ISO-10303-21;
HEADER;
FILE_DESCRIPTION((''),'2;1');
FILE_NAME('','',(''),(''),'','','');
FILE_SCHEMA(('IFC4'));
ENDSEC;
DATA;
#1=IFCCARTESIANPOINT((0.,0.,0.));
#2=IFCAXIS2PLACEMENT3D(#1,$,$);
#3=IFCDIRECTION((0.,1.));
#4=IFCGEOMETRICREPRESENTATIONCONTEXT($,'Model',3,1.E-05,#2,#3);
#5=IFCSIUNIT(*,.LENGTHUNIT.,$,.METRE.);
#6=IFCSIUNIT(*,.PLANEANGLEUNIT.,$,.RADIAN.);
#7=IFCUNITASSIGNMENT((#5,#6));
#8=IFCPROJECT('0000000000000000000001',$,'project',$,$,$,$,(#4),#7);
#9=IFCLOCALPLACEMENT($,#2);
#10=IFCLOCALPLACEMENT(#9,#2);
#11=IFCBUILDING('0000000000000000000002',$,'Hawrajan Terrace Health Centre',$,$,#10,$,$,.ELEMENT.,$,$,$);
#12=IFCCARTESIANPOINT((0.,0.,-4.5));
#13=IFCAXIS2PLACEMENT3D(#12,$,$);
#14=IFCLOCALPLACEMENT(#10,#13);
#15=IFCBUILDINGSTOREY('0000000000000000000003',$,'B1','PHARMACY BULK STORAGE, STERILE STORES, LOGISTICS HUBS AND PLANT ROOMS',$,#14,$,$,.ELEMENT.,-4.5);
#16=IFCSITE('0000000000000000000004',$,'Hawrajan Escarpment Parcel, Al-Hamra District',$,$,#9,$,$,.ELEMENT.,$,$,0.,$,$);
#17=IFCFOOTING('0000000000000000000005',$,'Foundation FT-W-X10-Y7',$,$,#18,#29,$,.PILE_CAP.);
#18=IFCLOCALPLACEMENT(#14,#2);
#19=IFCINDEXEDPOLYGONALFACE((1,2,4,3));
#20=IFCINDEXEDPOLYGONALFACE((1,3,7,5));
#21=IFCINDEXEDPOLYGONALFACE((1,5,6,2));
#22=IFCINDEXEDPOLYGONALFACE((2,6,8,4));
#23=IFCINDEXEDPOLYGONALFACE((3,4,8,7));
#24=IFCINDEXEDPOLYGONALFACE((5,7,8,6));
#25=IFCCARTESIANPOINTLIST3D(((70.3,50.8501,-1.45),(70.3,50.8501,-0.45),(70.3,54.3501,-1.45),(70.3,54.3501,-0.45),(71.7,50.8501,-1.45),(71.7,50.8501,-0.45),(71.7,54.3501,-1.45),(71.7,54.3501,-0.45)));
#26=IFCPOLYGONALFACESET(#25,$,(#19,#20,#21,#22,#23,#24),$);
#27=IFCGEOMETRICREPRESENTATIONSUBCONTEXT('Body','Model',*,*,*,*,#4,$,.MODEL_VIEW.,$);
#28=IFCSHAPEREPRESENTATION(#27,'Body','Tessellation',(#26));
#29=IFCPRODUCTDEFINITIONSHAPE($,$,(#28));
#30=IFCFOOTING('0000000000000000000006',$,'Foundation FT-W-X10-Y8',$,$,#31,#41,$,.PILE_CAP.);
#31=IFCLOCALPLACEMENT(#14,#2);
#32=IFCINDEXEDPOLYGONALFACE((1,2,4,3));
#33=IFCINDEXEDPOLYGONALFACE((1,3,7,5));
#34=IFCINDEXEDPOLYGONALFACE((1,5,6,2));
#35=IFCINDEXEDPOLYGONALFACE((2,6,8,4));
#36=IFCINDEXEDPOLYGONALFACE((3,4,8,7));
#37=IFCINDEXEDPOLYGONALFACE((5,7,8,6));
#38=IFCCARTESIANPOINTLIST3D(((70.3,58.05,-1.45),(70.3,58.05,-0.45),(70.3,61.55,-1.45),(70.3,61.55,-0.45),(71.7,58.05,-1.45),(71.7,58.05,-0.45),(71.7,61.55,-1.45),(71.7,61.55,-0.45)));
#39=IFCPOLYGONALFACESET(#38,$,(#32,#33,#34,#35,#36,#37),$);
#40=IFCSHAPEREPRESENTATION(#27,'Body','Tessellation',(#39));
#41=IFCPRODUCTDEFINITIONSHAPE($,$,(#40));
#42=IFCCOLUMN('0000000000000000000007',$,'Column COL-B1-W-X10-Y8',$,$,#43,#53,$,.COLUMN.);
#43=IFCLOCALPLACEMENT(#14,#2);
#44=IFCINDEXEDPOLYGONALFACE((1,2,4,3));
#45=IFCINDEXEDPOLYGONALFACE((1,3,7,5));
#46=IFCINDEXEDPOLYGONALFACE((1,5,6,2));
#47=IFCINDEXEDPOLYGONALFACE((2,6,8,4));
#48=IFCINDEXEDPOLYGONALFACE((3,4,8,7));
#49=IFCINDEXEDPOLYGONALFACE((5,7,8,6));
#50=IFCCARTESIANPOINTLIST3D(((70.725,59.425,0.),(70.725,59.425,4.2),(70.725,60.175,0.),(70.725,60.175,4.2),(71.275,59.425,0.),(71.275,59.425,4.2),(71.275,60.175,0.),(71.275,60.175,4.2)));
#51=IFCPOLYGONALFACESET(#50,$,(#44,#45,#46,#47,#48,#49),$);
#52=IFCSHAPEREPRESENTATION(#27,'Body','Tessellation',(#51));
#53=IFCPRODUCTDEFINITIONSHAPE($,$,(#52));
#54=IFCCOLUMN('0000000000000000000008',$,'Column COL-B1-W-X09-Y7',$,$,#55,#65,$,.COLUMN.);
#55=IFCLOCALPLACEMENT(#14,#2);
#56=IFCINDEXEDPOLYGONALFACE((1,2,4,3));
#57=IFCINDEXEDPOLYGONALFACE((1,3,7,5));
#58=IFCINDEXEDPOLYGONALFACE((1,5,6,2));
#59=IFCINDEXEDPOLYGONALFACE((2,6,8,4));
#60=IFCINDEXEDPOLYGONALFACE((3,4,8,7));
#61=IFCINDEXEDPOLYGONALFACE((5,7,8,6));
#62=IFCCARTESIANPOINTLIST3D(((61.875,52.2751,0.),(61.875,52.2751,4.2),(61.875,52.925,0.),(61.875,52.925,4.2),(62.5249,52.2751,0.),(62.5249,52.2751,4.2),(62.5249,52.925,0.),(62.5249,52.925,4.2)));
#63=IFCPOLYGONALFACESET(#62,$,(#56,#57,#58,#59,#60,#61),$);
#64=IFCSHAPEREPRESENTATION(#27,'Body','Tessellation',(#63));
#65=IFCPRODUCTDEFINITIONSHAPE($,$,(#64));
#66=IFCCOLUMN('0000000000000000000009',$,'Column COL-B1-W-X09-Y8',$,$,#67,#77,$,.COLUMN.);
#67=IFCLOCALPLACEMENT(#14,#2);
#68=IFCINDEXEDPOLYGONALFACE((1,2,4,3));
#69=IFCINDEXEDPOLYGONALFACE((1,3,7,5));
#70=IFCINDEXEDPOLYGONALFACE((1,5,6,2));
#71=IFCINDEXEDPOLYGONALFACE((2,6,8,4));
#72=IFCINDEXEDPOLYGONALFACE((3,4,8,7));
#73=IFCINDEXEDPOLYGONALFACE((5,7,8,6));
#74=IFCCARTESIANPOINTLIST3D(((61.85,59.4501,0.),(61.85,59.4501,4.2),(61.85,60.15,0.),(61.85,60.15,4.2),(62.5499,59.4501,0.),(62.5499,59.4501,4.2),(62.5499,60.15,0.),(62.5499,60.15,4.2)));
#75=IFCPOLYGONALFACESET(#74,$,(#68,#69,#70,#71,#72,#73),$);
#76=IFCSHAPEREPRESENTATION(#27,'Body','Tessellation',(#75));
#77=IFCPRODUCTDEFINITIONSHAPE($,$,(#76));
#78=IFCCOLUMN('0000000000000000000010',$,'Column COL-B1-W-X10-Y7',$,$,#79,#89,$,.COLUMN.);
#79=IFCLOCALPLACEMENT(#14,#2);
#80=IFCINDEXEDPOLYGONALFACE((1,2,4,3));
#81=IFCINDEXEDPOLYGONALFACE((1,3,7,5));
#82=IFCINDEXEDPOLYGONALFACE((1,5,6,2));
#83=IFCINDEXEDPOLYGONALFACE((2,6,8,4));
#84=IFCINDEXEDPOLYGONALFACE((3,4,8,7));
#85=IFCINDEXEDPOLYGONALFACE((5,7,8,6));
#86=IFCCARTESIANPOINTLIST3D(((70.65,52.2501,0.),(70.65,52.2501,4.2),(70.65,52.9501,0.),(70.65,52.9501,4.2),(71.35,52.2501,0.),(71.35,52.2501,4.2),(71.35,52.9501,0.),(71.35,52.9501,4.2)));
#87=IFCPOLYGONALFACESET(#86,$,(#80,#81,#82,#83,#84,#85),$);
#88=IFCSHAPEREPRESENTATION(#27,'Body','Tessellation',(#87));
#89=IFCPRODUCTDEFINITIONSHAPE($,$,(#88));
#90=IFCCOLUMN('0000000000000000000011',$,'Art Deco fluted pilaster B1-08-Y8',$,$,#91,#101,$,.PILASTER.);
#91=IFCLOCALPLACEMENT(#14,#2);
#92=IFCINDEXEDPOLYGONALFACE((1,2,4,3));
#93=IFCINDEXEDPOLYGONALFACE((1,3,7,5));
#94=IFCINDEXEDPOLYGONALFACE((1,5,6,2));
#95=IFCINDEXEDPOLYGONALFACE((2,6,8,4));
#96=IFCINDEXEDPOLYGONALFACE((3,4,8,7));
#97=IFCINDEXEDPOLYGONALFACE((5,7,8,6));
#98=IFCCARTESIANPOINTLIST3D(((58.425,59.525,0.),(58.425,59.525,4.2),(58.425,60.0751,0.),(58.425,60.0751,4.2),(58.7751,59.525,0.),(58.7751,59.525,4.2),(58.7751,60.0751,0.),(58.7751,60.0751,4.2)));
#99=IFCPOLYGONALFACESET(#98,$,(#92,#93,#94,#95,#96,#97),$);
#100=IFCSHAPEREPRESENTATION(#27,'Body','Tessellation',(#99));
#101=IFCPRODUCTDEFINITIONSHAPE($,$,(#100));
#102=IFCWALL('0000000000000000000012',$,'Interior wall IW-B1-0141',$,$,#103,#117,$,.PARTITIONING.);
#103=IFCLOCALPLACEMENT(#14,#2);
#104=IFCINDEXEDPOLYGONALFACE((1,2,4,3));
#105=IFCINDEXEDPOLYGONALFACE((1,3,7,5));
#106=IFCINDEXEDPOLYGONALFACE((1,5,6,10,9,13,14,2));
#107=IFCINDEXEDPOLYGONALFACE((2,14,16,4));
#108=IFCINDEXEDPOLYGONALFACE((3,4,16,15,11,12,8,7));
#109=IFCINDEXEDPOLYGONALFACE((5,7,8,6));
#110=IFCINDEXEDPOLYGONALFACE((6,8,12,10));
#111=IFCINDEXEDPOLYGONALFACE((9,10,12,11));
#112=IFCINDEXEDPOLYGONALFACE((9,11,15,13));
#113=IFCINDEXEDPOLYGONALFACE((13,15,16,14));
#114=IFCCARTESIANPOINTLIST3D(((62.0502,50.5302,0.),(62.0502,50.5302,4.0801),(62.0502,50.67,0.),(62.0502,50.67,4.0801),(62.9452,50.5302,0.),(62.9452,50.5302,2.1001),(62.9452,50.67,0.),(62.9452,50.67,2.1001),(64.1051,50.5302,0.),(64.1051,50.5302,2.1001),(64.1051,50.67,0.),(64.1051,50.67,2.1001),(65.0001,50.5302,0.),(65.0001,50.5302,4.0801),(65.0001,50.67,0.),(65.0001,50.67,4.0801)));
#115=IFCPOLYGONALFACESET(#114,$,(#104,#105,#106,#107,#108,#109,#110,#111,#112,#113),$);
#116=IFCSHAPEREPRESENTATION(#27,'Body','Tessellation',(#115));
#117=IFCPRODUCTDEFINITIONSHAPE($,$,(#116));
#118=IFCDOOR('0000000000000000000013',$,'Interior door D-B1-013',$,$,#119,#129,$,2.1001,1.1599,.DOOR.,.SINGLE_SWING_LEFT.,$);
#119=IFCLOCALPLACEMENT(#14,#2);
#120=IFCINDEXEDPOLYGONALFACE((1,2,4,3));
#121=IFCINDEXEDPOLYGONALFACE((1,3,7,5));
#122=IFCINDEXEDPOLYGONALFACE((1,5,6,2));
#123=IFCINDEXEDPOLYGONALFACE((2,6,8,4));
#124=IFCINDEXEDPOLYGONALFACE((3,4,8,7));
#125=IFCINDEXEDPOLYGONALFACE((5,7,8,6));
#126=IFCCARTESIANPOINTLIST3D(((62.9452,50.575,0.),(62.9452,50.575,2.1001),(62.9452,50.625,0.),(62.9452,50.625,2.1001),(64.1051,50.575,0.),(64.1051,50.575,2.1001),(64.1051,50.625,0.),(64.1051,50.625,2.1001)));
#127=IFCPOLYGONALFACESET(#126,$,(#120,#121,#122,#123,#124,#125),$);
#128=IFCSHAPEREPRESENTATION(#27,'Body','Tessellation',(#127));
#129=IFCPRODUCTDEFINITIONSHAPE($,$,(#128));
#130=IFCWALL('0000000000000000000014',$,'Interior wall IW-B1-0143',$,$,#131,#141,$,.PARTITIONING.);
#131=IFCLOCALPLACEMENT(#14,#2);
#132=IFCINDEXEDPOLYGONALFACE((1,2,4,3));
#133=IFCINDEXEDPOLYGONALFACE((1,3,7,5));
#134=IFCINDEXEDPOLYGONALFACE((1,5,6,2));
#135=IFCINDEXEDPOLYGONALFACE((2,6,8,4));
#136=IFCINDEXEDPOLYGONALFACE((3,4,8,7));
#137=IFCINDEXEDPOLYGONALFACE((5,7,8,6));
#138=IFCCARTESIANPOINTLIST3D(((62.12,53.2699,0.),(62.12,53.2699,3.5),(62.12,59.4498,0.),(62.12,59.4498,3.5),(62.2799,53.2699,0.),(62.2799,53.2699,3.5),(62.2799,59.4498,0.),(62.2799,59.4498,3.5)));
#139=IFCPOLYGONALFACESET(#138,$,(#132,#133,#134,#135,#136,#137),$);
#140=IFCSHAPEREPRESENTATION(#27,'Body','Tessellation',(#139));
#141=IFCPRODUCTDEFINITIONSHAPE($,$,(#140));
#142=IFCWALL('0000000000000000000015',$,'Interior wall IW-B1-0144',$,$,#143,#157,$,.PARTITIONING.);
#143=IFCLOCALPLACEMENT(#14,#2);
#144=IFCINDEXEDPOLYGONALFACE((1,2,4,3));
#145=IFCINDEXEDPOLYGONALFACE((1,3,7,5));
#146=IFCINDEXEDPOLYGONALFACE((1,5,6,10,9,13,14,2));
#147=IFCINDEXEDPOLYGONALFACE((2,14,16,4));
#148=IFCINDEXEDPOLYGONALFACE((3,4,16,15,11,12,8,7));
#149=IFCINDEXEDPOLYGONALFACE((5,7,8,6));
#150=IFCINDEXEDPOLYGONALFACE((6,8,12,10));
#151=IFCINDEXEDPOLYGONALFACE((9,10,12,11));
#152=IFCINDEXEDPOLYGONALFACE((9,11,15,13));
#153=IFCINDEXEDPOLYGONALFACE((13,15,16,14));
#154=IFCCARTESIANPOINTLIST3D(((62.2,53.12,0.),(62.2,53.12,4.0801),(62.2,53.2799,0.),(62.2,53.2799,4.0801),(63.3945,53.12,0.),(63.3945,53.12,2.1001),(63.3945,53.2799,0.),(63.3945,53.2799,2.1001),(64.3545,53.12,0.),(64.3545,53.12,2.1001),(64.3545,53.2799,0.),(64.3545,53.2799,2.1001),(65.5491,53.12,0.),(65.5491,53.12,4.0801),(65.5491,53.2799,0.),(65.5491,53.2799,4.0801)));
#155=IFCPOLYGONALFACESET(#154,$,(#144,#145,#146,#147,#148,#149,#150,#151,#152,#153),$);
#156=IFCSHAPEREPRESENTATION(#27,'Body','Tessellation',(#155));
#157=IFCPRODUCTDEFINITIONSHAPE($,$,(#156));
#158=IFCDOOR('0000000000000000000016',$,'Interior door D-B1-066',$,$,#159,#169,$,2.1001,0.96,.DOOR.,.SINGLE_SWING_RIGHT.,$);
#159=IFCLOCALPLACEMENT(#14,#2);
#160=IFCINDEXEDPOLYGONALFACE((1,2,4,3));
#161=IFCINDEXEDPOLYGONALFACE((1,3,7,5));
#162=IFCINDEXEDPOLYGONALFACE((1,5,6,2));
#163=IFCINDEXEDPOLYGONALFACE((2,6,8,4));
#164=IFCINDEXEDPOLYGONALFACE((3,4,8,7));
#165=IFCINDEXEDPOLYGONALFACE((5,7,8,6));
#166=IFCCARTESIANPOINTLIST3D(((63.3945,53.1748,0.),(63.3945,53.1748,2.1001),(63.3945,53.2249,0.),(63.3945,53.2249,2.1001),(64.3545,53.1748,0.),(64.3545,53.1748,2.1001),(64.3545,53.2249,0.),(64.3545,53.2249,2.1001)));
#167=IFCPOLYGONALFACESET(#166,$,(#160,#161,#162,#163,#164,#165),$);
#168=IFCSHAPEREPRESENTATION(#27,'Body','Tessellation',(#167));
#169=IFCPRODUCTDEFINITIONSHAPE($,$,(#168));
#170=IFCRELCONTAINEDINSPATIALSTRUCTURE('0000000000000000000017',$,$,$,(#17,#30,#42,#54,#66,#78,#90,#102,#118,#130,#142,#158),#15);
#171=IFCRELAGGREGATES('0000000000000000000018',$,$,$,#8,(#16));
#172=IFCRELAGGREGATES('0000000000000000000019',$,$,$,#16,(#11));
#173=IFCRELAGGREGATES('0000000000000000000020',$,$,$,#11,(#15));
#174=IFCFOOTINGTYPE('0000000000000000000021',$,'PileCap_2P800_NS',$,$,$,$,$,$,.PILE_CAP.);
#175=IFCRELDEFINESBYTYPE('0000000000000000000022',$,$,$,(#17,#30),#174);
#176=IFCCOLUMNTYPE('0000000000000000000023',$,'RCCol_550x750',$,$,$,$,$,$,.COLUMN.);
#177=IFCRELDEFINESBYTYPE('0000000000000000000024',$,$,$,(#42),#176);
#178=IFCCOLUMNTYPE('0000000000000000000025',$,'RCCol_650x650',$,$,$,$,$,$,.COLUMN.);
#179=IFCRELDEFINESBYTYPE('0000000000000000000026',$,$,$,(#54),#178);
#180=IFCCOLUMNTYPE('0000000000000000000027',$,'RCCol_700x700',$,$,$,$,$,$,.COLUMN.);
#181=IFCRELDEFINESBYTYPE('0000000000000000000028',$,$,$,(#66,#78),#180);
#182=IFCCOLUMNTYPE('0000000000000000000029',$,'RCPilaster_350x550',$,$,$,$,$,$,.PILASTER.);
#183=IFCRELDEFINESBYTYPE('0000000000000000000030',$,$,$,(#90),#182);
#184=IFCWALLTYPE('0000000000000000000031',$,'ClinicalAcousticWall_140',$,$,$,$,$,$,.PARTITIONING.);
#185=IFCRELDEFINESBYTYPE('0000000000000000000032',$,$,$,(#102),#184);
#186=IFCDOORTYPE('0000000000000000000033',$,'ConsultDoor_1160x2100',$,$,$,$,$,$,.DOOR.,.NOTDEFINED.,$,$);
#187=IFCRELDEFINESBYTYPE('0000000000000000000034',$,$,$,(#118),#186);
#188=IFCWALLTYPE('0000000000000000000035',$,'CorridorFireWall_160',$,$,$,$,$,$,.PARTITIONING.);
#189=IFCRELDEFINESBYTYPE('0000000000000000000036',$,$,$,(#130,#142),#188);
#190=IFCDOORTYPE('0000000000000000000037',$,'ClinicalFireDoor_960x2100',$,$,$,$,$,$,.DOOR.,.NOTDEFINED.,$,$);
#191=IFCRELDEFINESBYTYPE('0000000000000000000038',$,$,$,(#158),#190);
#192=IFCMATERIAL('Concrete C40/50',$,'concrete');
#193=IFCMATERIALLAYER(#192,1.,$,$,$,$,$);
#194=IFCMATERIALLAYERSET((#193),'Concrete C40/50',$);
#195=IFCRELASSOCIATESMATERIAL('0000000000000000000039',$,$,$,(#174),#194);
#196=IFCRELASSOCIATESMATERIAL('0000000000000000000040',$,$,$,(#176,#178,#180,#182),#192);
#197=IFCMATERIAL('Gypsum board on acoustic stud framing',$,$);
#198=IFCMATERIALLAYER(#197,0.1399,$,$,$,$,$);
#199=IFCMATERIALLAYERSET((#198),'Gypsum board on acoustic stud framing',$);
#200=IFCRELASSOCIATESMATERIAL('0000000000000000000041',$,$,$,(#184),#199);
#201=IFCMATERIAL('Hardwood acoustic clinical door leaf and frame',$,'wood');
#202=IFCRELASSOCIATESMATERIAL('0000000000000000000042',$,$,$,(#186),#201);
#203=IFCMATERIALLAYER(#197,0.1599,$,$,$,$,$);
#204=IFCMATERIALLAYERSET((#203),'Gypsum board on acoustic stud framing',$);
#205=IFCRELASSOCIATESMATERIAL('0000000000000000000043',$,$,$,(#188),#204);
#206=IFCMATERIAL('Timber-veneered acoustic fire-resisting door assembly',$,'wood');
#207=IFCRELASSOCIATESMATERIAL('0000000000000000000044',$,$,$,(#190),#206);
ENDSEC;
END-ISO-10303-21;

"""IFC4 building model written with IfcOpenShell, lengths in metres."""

from ifc_helpers import new_model, si_unit, direction, frame, frame_2d, origin, origin_2d, place, context, subcontext, project, spatial, rectangle, extrude, material, layer, layer_set, material_profile, profile_set, type_object, element, fill, save


model = new_model("IFC4")

# Units and contexts
model_context = context("Model", 3, precision=1e-05, world=origin(), true_north=direction((0.0, 1.0)))
body_context = subcontext(model_context, "Body", "Model", "MODEL_VIEW")
ifc_project = project(units=[si_unit("LENGTHUNIT", "METRE"), si_unit("PLANEANGLEUNIT", "RADIAN")], contexts=[model_context])

# Site, building, storey
site_placement = place(None, origin())
site = spatial("IfcSite", under=ifc_project, at=site_placement, Name="Hawrajan Escarpment Parcel, Al-Hamra District", CompositionType="ELEMENT", RefElevation=0.0)
building_placement = place(site_placement, origin())
building = spatial("IfcBuilding", under=site, at=building_placement, Name="Hawrajan Terrace Health Centre", CompositionType="ELEMENT")
storey_placement = place(building_placement, frame((0.0, 0.0, -4.5)))
storey = spatial("IfcBuildingStorey", under=building, at=storey_placement, Name="B1", Description="PHARMACY BULK STORAGE, STERILE STORES, LOGISTICS HUBS AND PLANT ROOMS", CompositionType="ELEMENT", Elevation=-4.5)

# Shared definitions
ifc_material_1 = material(Name="Concrete C40/50", Category="concrete")

# Footings
ifc_layer_1 = layer(ifc_material_1, 1.0)
ifc_layer_set_1 = layer_set([ifc_layer_1], Name="Concrete C40/50")
footing_type_1 = type_object("IfcFootingType", Name="PileCap_2P800_NS", PredefinedType="PILE_CAP", material=ifc_layer_set_1)
for number, where, z_axis, x_axis, name in (
    (1, (71.0, 52.6001, -1.45), (0.0, 0.0, 1.0), (1.0, 0.0, 0.0), "Foundation FT-W-X10-Y7"),
    (2, (71.0, 59.8, -1.45), (0.0, 0.0, 1.0), (1.0, 0.0, 0.0), "Foundation FT-W-X10-Y8"),
):
    element("IfcFooting", number, at=place(storey_placement, frame(where, z_axis=z_axis, x_axis=x_axis)), inside=storey, type_object=footing_type_1, Name=name, PredefinedType="PILE_CAP", context=body_context, shape_type="SweptSolid", body=[
        extrude(rectangle(XDim=1.3999, YDim=3.5, at=origin_2d()), origin(), (0.0, 0.0, 1.0), 1.0),
    ])

# Columns
ifc_material_profile_1 = material_profile(ifc_material_1, rectangle(XDim=0.55, YDim=0.75, at=origin_2d()), Name="RC 550x750")
ifc_profile_set_1 = profile_set([ifc_material_profile_1], Name="Concrete C40/50")
column_type_1 = type_object("IfcColumnType", Name="RCCol_550x750", PredefinedType="COLUMN", material=ifc_profile_set_1)
column_1_placement = place(storey_placement, frame((71.0, 59.8, 0.0), z_axis=(0.0, 0.0, 1.0), x_axis=(1.0, 0.0, 0.0)))
element("IfcColumn", 3, at=column_1_placement, inside=storey, type_object=column_type_1, Name="Column COL-B1-W-X10-Y8", PredefinedType="COLUMN", context=body_context, shape_type="SweptSolid", body=[
    extrude(rectangle(XDim=0.55, YDim=0.75, at=origin_2d()), origin(), (0.0, 0.0, 1.0), 4.2),
])
ifc_material_profile_2 = material_profile(ifc_material_1, rectangle(XDim=0.6499, YDim=0.6499, at=origin_2d()), Name="RC 650x650")
ifc_profile_set_2 = profile_set([ifc_material_profile_2], Name="Concrete C40/50")
column_type_2 = type_object("IfcColumnType", Name="RCCol_650x650", PredefinedType="COLUMN", material=ifc_profile_set_2)
column_2_placement = place(storey_placement, frame((62.2, 52.6001, 0.0), z_axis=(0.0, 0.0, 1.0), x_axis=(1.0, 0.0, 0.0)))
element("IfcColumn", 4, at=column_2_placement, inside=storey, type_object=column_type_2, Name="Column COL-B1-W-X09-Y7", PredefinedType="COLUMN", context=body_context, shape_type="SweptSolid", body=[
    extrude(rectangle(XDim=0.6499, YDim=0.6499, at=origin_2d()), origin(), (0.0, 0.0, 1.0), 4.2),
])
ifc_material_profile_3 = material_profile(ifc_material_1, rectangle(XDim=0.7, YDim=0.7, at=origin_2d()), Name="RC 700x700")
ifc_profile_set_3 = profile_set([ifc_material_profile_3], Name="Concrete C40/50")
column_type_3 = type_object("IfcColumnType", Name="RCCol_700x700", PredefinedType="COLUMN", material=ifc_profile_set_3)
for number, where, z_axis, x_axis, name in (
    (5, (62.2, 59.8, 0.0), (0.0, 0.0, 1.0), (1.0, 0.0, 0.0), "Column COL-B1-W-X09-Y8"),
    (6, (71.0, 52.6001, 0.0), (0.0, 0.0, 1.0), (1.0, 0.0, 0.0), "Column COL-B1-W-X10-Y7"),
):
    element("IfcColumn", number, at=place(storey_placement, frame(where, z_axis=z_axis, x_axis=x_axis)), inside=storey, type_object=column_type_3, Name=name, PredefinedType="COLUMN", context=body_context, shape_type="SweptSolid", body=[
        extrude(rectangle(XDim=0.7, YDim=0.7, at=origin_2d()), origin(), (0.0, 0.0, 1.0), 4.2),
    ])
ifc_material_profile_4 = material_profile(ifc_material_1, rectangle(XDim=0.3501, YDim=0.55, at=origin_2d()), Name="RC PIL 350x550")
ifc_profile_set_4 = profile_set([ifc_material_profile_4], Name="Concrete C40/50")
column_type_4 = type_object("IfcColumnType", Name="RCPilaster_350x550", PredefinedType="PILASTER", material=ifc_profile_set_4)
column_3_placement = place(storey_placement, frame((58.6001, 59.8, 0.0), z_axis=(0.0, 0.0, 1.0), x_axis=(1.0, 0.0, 0.0)))
element("IfcColumn", 7, at=column_3_placement, inside=storey, type_object=column_type_4, Name="Art Deco fluted pilaster B1-08-Y8", PredefinedType="PILASTER", context=body_context, shape_type="SweptSolid", body=[
    extrude(rectangle(XDim=0.3501, YDim=0.55, at=origin_2d()), origin(), (0.0, 0.0, 1.0), 4.2),
])

# Wall, opening, door
ifc_material_2 = material(Name="Gypsum board on acoustic stud framing")
ifc_layer_2 = layer(ifc_material_2, 0.1399)
ifc_layer_set_2 = layer_set([ifc_layer_2], Name="Gypsum board on acoustic stud framing")
wall_type_1 = type_object("IfcWallType", Name="ClinicalAcousticWall_140", PredefinedType="PARTITIONING", material=ifc_layer_set_2)
wall_1_placement = place(storey_placement, frame((62.05, 50.6001, 0.0), z_axis=(0.0, 0.0, 1.0), x_axis=(1.0, 0.0, 0.0)))
wall_1 = element("IfcWall", 8, at=wall_1_placement, inside=storey, type_object=wall_type_1, Name="Interior wall IW-B1-0141", PredefinedType="PARTITIONING", context=body_context, shape_type="SweptSolid", body=[
    extrude(rectangle(XDim=2.95, YDim=0.1399, at=frame_2d((1.4751, 0.0))), origin(), (0.0, 0.0, 1.0), 4.0801),
])
opening_1_placement = place(wall_1_placement, frame((0.895, 0.0, 0.0)))
opening_1 = element("IfcOpeningElement", 9, at=opening_1_placement, cuts=wall_1, PredefinedType="OPENING", context=body_context, shape_type="SweptSolid", body=[
    extrude(rectangle(XDim=1.1599, YDim=2.1001, at=frame_2d((0.5801, 1.05))), frame((0.0, 0.0798, 0.0), z_axis=(0.0, -1.0, 0.0), x_axis=(1.0, 0.0, 0.0)), (0.0, 0.0, 1.0), 0.1599),
])
ifc_material_3 = material(Name="Hardwood acoustic clinical door leaf and frame", Category="wood")
door_type_1 = type_object("IfcDoorType", Name="ConsultDoor_1160x2100", OperationType="NOTDEFINED", PredefinedType="DOOR", material=ifc_material_3)
door_1_placement = place(opening_1_placement, origin())
door_1 = element("IfcDoor", 10, at=door_1_placement, inside=storey, type_object=door_type_1, Name="Interior door D-B1-013", OperationType="SINGLE_SWING_LEFT", OverallHeight=2.1001, OverallWidth=1.1599, PredefinedType="DOOR", context=body_context, shape_type="SweptSolid", body=[
    extrude(rectangle(XDim=1.1599, YDim=2.1001, at=frame_2d((0.5801, 1.05))), frame((0.0, 0.0249, 0.0), z_axis=(0.0, -1.0, 0.0), x_axis=(1.0, 0.0, 0.0)), (0.0, 0.0, 1.0), 0.05),
])
fill(opening_1, door_1)

# Wall
ifc_layer_3 = layer(ifc_material_2, 0.1599)
ifc_layer_set_3 = layer_set([ifc_layer_3], Name="Gypsum board on acoustic stud framing")
wall_type_2 = type_object("IfcWallType", Name="CorridorFireWall_160", PredefinedType="PARTITIONING", material=ifc_layer_set_3)
wall_2_placement = place(storey_placement, frame((62.2, 53.27, 0.0), z_axis=(0.0, 0.0, 1.0), x_axis=(0.0, 1.0, 0.0)))
element("IfcWall", 11, at=wall_2_placement, inside=storey, type_object=wall_type_2, Name="Interior wall IW-B1-0143", PredefinedType="PARTITIONING", context=body_context, shape_type="SweptSolid", body=[
    extrude(rectangle(XDim=6.1799, YDim=0.1599, at=frame_2d((3.0898, 0.0))), origin(), (0.0, 0.0, 1.0), 3.5),
])

# Wall, opening, door
wall_3_placement = place(storey_placement, frame((62.2, 53.2, 0.0), z_axis=(0.0, 0.0, 1.0), x_axis=(1.0, 0.0, 0.0)))
wall_3 = element("IfcWall", 12, at=wall_3_placement, inside=storey, type_object=wall_type_2, Name="Interior wall IW-B1-0144", PredefinedType="PARTITIONING", context=body_context, shape_type="SweptSolid", body=[
    extrude(rectangle(XDim=3.3491, YDim=0.1599, at=frame_2d((1.6746, 0.0))), origin(), (0.0, 0.0, 1.0), 4.0801),
])
opening_2_placement = place(wall_3_placement, frame((1.1946, 0.0, 0.0)))
opening_2 = element("IfcOpeningElement", 13, at=opening_2_placement, cuts=wall_3, PredefinedType="OPENING", context=body_context, shape_type="SweptSolid", body=[
    extrude(rectangle(XDim=0.96, YDim=2.1001, at=frame_2d((0.48, 1.05))), frame((0.0, 0.0898, 0.0), z_axis=(0.0, -1.0, 0.0), x_axis=(1.0, 0.0, 0.0)), (0.0, 0.0, 1.0), 0.1799),
])
ifc_material_4 = material(Name="Timber-veneered acoustic fire-resisting door assembly", Category="wood")
door_type_2 = type_object("IfcDoorType", Name="ClinicalFireDoor_960x2100", OperationType="NOTDEFINED", PredefinedType="DOOR", material=ifc_material_4)
door_2_placement = place(opening_2_placement, origin())
door_2 = element("IfcDoor", 14, at=door_2_placement, inside=storey, type_object=door_type_2, Name="Interior door D-B1-066", OperationType="SINGLE_SWING_RIGHT", OverallHeight=2.1001, OverallWidth=0.96, PredefinedType="DOOR", context=body_context, shape_type="SweptSolid", body=[
    extrude(rectangle(XDim=0.96, YDim=2.1001, at=frame_2d((0.48, 1.05))), frame((0.0, 0.0249, 0.0), z_axis=(0.0, -1.0, 0.0), x_axis=(1.0, 0.0, 0.0)), (0.0, 0.0, 1.0), 0.05),
])
fill(opening_2, door_2)

save(model, "model.ifc")
